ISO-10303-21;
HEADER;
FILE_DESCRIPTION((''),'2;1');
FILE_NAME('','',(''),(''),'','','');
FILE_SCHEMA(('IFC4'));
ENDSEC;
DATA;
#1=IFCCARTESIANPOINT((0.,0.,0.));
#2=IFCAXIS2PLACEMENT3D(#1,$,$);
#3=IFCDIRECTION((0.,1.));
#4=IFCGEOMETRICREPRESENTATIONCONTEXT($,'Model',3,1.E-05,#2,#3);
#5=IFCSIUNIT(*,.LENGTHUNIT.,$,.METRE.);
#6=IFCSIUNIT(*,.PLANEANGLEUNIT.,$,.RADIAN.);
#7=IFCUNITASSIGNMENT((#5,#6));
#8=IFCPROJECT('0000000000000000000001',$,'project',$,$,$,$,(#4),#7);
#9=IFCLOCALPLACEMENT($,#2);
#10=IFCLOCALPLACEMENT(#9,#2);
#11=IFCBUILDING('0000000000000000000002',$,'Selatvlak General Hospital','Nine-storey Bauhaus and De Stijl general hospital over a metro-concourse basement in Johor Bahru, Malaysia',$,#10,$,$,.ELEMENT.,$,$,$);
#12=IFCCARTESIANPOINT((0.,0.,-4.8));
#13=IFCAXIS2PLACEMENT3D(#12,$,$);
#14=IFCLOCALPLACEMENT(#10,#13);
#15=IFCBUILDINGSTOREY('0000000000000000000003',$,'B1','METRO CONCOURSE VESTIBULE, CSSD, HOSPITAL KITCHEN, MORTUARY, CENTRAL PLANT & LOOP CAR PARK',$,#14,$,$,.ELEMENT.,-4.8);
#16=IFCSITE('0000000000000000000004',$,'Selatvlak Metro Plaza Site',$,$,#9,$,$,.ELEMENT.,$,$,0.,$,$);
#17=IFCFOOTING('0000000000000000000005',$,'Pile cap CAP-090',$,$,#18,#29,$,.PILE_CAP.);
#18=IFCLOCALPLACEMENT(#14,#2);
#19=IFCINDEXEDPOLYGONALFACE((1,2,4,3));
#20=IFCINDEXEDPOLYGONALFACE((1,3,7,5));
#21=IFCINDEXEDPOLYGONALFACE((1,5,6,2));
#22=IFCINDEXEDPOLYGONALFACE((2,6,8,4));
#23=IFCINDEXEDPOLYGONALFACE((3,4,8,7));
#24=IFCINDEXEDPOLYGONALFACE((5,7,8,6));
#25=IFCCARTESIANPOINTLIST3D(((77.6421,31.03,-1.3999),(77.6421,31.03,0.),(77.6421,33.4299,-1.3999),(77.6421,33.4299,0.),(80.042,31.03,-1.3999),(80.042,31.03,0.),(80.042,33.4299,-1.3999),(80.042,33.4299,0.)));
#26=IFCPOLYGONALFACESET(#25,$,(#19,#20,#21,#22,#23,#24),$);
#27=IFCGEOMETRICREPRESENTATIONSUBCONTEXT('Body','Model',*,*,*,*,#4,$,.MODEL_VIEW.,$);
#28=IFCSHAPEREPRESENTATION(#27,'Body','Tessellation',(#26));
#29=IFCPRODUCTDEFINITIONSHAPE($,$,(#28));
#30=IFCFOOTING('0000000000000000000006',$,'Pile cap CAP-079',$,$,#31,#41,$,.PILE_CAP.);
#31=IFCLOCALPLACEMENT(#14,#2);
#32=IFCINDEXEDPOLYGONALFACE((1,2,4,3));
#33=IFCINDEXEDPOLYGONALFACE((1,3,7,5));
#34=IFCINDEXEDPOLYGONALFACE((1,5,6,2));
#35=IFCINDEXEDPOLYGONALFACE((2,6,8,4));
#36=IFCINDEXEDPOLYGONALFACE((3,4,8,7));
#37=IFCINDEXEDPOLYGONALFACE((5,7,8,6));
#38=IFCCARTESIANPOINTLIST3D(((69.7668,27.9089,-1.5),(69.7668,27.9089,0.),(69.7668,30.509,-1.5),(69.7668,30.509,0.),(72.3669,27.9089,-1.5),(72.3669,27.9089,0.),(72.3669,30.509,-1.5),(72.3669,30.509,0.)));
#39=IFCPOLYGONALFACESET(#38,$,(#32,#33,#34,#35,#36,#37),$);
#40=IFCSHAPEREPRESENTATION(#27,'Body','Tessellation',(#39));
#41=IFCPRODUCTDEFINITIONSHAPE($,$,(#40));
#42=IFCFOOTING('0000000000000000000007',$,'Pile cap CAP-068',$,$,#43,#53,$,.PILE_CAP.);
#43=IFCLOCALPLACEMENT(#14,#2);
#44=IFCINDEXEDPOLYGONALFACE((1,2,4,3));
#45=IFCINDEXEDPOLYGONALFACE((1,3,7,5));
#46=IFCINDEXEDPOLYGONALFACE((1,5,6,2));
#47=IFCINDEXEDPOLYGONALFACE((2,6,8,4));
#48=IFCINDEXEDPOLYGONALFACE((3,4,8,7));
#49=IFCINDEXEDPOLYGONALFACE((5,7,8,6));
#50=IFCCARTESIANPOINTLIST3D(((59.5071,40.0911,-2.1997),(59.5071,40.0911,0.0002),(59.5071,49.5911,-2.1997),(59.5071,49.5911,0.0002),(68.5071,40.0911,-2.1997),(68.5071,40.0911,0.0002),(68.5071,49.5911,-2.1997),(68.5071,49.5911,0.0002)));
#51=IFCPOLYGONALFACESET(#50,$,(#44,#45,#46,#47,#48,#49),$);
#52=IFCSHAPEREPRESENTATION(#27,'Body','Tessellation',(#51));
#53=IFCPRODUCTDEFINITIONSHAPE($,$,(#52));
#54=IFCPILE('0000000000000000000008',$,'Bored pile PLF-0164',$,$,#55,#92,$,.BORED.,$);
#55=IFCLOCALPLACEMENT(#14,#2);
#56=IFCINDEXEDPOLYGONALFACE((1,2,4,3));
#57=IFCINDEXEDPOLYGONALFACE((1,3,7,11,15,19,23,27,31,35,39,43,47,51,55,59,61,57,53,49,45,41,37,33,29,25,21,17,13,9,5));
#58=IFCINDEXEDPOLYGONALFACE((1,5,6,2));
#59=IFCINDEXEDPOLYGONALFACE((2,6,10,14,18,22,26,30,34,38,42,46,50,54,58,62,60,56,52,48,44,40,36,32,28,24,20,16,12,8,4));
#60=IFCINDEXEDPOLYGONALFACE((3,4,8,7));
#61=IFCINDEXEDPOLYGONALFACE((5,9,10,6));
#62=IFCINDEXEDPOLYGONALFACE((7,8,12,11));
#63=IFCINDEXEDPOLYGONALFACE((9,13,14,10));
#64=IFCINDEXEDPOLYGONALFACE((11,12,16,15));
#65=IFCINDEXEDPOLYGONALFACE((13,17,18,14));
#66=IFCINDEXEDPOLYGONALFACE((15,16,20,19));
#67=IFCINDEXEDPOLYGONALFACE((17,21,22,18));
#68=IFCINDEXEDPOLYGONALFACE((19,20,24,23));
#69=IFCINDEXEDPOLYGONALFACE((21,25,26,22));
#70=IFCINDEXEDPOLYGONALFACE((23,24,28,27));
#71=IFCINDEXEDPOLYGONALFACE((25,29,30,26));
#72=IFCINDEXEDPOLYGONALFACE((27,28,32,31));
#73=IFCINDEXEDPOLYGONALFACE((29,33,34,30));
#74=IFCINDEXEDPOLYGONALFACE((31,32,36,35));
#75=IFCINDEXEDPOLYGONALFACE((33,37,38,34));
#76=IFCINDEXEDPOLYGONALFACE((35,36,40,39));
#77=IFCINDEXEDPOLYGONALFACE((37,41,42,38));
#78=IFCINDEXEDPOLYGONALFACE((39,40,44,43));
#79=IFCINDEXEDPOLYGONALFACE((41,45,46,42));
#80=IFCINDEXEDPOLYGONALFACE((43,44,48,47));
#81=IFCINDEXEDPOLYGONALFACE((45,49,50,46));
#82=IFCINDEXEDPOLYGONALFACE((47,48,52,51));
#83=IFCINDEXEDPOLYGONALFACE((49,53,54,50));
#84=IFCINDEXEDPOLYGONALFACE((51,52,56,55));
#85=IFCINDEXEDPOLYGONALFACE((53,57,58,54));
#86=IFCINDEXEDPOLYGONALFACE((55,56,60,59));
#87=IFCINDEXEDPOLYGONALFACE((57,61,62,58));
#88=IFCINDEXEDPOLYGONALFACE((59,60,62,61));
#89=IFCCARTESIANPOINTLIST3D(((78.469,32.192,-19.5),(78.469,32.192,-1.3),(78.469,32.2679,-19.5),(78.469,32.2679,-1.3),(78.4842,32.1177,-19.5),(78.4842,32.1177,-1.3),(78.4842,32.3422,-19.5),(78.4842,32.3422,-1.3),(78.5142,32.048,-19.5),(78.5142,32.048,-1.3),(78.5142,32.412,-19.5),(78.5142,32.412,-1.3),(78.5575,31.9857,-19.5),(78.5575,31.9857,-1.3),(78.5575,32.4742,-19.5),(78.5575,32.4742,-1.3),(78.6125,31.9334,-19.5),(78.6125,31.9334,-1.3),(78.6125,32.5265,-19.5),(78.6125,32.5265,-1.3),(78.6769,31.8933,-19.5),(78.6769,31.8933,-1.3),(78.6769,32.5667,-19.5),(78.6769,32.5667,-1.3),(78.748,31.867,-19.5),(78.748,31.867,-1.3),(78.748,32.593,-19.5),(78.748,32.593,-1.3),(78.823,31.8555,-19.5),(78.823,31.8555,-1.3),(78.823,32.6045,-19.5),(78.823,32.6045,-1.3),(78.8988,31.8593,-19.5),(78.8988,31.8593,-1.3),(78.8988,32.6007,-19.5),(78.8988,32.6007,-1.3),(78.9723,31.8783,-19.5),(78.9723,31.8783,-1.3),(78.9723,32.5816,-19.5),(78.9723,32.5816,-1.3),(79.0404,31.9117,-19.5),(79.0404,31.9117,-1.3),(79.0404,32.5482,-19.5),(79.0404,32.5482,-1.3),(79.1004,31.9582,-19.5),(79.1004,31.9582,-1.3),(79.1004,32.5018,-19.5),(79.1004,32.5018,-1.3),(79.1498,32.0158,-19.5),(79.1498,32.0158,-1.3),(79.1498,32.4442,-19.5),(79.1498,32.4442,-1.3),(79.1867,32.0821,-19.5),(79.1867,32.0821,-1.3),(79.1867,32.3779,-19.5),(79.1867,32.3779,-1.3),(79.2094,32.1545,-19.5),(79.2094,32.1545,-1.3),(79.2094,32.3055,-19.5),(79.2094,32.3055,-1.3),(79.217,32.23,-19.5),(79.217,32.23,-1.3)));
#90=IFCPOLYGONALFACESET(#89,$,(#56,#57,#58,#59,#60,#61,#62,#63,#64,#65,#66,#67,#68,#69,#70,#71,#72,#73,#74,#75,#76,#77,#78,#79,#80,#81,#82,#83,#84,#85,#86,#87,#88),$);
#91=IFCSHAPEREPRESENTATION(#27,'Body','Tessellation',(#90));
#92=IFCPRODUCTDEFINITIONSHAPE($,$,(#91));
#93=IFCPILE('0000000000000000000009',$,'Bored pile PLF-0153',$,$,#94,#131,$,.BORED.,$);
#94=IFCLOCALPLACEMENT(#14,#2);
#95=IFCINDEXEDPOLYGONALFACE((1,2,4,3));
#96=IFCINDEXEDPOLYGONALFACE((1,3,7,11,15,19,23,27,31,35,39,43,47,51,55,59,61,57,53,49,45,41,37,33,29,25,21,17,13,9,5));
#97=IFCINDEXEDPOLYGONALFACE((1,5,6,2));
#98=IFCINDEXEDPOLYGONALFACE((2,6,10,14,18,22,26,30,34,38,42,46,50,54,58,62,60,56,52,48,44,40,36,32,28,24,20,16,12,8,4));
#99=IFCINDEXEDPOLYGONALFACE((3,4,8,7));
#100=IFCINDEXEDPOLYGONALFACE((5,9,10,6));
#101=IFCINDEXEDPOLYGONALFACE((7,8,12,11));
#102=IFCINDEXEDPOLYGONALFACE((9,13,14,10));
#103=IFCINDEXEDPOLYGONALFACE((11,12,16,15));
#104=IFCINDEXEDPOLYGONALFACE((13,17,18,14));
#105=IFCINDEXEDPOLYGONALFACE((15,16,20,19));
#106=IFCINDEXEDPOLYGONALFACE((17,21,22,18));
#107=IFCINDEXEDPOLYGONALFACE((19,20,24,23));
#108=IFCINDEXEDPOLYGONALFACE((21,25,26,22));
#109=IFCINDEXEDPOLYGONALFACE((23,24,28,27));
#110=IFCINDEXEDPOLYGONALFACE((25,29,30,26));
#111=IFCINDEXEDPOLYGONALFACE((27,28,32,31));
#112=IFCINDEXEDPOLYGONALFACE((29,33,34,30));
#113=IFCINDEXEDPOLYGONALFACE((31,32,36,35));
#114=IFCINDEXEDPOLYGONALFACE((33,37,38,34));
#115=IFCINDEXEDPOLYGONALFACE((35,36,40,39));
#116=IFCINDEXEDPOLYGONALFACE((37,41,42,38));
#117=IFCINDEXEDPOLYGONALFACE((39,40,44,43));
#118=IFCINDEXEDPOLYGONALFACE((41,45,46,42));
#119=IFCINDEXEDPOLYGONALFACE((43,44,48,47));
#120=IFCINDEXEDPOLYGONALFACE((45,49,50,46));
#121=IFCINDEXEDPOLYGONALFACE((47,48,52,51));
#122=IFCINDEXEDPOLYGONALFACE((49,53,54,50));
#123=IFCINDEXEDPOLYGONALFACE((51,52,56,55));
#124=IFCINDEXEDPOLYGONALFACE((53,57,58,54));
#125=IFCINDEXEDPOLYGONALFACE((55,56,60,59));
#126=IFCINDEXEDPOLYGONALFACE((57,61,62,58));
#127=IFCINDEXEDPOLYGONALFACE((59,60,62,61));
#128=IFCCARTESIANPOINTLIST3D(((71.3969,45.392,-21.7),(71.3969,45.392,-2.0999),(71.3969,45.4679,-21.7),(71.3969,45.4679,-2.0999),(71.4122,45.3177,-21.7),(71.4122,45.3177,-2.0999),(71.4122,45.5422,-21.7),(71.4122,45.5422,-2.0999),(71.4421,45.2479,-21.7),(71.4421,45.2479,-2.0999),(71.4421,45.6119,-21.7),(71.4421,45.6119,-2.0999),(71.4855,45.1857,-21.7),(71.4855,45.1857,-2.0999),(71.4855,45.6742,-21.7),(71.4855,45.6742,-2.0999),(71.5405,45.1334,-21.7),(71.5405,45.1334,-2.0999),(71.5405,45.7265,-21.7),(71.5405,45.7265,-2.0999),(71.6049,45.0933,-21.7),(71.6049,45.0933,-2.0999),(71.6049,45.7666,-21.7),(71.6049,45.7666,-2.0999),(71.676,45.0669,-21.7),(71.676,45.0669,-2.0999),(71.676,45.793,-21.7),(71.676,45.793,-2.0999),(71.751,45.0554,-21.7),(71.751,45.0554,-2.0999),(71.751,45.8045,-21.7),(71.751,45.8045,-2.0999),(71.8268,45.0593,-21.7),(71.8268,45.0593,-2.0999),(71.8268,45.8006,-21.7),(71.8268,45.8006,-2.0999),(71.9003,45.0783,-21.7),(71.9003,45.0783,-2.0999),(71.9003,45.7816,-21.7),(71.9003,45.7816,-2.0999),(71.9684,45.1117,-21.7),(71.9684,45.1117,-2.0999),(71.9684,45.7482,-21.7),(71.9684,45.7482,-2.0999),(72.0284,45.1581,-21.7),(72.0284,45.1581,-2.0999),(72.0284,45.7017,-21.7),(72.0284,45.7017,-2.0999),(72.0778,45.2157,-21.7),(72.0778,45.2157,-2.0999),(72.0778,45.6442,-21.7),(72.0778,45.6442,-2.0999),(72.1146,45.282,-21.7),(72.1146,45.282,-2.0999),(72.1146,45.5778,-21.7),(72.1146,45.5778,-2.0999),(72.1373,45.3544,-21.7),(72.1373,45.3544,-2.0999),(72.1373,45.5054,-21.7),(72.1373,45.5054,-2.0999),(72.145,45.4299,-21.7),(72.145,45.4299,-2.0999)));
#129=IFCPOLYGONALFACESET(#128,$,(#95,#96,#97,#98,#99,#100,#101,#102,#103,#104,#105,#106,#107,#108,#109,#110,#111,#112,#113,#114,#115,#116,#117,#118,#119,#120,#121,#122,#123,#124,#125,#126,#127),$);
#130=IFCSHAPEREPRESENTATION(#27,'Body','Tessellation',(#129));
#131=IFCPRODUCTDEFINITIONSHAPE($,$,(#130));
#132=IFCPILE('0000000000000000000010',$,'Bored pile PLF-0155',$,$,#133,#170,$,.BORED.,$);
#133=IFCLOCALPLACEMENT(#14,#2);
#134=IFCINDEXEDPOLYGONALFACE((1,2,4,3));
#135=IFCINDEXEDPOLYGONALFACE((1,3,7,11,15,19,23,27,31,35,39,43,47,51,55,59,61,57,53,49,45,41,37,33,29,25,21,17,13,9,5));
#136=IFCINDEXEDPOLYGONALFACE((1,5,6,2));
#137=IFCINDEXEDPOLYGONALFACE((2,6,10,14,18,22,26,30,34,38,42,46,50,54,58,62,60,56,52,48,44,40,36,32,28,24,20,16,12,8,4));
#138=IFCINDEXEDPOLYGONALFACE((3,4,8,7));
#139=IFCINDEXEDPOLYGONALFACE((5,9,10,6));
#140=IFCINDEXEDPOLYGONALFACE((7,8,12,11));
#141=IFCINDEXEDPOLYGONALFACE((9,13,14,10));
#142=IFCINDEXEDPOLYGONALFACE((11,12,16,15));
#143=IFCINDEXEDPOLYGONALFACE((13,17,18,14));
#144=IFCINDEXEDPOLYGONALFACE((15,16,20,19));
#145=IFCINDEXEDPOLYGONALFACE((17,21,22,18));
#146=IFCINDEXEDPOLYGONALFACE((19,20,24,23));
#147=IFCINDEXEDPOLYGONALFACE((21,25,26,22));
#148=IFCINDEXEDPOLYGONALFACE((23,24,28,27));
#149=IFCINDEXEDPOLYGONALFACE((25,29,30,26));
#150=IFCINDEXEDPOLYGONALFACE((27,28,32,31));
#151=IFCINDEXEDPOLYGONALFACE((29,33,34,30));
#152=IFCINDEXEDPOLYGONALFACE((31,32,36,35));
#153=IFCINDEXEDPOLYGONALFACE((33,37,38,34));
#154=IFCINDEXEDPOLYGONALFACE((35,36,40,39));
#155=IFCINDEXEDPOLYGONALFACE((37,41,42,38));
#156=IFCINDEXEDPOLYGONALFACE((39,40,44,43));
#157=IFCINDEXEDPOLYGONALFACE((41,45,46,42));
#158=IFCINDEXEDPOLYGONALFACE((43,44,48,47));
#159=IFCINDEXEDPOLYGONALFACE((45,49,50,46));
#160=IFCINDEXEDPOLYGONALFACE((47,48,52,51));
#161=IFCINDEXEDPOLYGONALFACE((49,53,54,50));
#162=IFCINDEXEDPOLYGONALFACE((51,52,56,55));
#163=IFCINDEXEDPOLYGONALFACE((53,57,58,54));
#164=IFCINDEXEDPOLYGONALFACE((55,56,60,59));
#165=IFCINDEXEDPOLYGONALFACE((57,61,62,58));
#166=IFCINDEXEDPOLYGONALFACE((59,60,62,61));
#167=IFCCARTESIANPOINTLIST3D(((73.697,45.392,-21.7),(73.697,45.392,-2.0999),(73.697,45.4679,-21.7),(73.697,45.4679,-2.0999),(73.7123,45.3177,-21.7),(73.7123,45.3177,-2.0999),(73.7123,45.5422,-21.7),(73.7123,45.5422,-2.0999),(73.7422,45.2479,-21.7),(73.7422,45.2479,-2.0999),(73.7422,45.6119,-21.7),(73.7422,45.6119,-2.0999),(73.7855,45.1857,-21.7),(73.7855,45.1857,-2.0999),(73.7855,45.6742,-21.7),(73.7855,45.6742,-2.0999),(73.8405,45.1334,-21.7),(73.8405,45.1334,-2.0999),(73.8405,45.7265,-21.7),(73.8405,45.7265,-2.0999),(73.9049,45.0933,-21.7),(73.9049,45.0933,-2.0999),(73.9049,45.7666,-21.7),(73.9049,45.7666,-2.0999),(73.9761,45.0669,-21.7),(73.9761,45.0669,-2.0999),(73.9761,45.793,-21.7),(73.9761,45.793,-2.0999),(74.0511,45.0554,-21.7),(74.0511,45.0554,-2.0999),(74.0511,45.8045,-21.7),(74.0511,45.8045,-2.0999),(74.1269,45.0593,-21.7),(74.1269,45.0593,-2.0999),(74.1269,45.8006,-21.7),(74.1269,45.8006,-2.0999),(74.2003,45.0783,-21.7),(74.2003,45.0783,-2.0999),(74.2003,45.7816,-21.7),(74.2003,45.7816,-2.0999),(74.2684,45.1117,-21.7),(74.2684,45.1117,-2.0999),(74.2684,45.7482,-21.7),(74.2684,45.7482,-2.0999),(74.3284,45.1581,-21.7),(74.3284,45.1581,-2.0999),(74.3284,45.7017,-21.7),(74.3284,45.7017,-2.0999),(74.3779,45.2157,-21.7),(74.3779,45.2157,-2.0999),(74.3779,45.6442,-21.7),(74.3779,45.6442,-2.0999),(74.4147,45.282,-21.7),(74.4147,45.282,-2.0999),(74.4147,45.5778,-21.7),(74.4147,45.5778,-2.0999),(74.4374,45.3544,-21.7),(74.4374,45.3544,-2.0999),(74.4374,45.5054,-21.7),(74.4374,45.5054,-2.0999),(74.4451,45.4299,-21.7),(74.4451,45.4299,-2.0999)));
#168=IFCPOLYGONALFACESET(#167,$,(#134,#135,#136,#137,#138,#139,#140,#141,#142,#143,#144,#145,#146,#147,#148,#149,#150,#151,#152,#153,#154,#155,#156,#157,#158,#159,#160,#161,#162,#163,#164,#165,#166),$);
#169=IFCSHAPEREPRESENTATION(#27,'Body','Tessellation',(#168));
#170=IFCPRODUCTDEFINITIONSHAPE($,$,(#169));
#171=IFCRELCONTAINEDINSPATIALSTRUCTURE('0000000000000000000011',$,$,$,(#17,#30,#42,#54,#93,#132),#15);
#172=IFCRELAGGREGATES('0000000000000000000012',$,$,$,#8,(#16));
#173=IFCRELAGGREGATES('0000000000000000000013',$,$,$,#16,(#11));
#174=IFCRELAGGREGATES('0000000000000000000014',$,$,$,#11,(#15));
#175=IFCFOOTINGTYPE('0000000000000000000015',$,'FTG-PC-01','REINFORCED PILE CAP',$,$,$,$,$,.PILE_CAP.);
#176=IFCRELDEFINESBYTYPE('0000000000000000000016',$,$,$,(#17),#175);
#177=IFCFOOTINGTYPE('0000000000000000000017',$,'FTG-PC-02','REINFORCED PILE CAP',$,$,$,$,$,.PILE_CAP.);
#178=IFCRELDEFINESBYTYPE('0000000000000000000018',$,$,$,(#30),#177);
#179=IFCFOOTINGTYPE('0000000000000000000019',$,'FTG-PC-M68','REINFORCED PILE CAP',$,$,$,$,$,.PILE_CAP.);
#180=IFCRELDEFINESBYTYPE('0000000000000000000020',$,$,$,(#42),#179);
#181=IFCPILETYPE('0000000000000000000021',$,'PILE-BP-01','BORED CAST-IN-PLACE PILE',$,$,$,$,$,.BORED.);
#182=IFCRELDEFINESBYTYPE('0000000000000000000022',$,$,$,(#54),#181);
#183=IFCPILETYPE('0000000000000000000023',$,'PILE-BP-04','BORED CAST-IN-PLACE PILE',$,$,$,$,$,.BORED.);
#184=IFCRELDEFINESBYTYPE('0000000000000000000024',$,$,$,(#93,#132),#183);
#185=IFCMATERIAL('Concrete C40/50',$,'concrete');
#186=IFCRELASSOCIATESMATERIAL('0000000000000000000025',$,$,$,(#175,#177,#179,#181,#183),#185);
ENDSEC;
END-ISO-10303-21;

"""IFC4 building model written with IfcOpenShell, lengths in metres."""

from ifc_helpers import new_model, si_unit, direction, frame, origin, origin_2d, place, context, subcontext, project, spatial, rectangle, circle, extrude, material, material_profile, profile_set, type_object, element, save


model = new_model("IFC4")

# Units and contexts
model_context = context("Model", 3, precision=1e-05, world=origin(), true_north=direction((0.0, 1.0)))
body_context = subcontext(model_context, "Body", "Model", "MODEL_VIEW")
ifc_project = project(units=[si_unit("LENGTHUNIT", "METRE"), si_unit("PLANEANGLEUNIT", "RADIAN")], contexts=[model_context])

# Site, building, storey
site_placement = place(None, origin())
site = spatial("IfcSite", under=ifc_project, at=site_placement, Name="Selatvlak Metro Plaza Site", CompositionType="ELEMENT", RefElevation=0.0)
building_placement = place(site_placement, origin())
building = spatial("IfcBuilding", under=site, at=building_placement, Name="Selatvlak General Hospital", Description="Nine-storey Bauhaus and De Stijl general hospital over a metro-concourse basement in Johor Bahru, Malaysia", CompositionType="ELEMENT")
storey_placement = place(building_placement, frame((0.0, 0.0, -4.8)))
storey = spatial("IfcBuildingStorey", under=building, at=storey_placement, Name="B1", Description="METRO CONCOURSE VESTIBULE, CSSD, HOSPITAL KITCHEN, MORTUARY, CENTRAL PLANT & LOOP CAR PARK", CompositionType="ELEMENT", Elevation=-4.8)

# Footings
ifc_material_1 = material(Name="Concrete C40/50", Category="concrete")
footing_type_1 = type_object("IfcFootingType", Name="FTG-PC-01", Description="REINFORCED PILE CAP", PredefinedType="PILE_CAP", material=ifc_material_1)
footing_1_placement = place(storey_placement, frame((78.842, 32.23, -1.3999), z_axis=(0.0, 0.0, 1.0), x_axis=(1.0, 0.0, 0.0)))
element("IfcFooting", 1, at=footing_1_placement, inside=storey, type_object=footing_type_1, Name="Pile cap CAP-090", PredefinedType="PILE_CAP", context=body_context, shape_type="SweptSolid", body=[
    extrude(rectangle(XDim=2.3999, YDim=2.3999, at=origin_2d()), origin(), (0.0, 0.0, 1.0), 1.3999),
])
footing_type_2 = type_object("IfcFootingType", Name="FTG-PC-02", Description="REINFORCED PILE CAP", PredefinedType="PILE_CAP", material=ifc_material_1)
footing_2_placement = place(storey_placement, frame((71.0669, 29.209, -1.5), z_axis=(0.0, 0.0, 1.0), x_axis=(1.0, 0.0, 0.0)))
element("IfcFooting", 2, at=footing_2_placement, inside=storey, type_object=footing_type_2, Name="Pile cap CAP-079", PredefinedType="PILE_CAP", context=body_context, shape_type="SweptSolid", body=[
    extrude(rectangle(XDim=2.6001, YDim=2.6001, at=origin_2d()), origin(), (0.0, 0.0, 1.0), 1.5),
])
footing_type_3 = type_object("IfcFootingType", Name="FTG-PC-M68", Description="REINFORCED PILE CAP", PredefinedType="PILE_CAP", material=ifc_material_1)
footing_3_placement = place(storey_placement, frame((64.0071, 44.8411, -2.1997), z_axis=(0.0, 0.0, 1.0), x_axis=(1.0, 0.0, 0.0)))
element("IfcFooting", 3, at=footing_3_placement, inside=storey, type_object=footing_type_3, Name="Pile cap CAP-068", PredefinedType="PILE_CAP", context=body_context, shape_type="SweptSolid", body=[
    extrude(rectangle(XDim=9.0, YDim=9.5, at=origin_2d()), origin(), (0.0, 0.0, 1.0), 2.2),
])

# Piles
ifc_material_profile_1 = material_profile(ifc_material_1, circle(Radius=0.375, at=origin_2d()), Name="BORED PILE 750")
ifc_profile_set_1 = profile_set([ifc_material_profile_1], Name="Concrete C40/50")
pile_type_1 = type_object("IfcPileType", Name="PILE-BP-01", Description="BORED CAST-IN-PLACE PILE", PredefinedType="BORED", material=ifc_profile_set_1)
pile_1_placement = place(storey_placement, frame((78.842, 32.23, -1.3), z_axis=(0.0, 0.0, -1.0), x_axis=(1.0, 0.0, 0.0)))
element("IfcPile", 4, at=pile_1_placement, inside=storey, type_object=pile_type_1, Name="Bored pile PLF-0164", PredefinedType="BORED", context=body_context, shape_type="SweptSolid", body=[
    extrude(circle(Radius=0.375, at=origin_2d()), origin(), (0.0, 0.0, 1.0), 18.2),
])
ifc_material_profile_2 = material_profile(ifc_material_1, circle(Radius=0.375, at=origin_2d()), Name="BORED PILE 750")
ifc_profile_set_2 = profile_set([ifc_material_profile_2], Name="Concrete C40/50")
pile_type_2 = type_object("IfcPileType", Name="PILE-BP-04", Description="BORED CAST-IN-PLACE PILE", PredefinedType="BORED", material=ifc_profile_set_2)
for number, where, z_axis, x_axis, name in (
    (5, (71.77, 45.4299, -2.0999), (0.0, 0.0, -1.0), (1.0, 0.0, 0.0), "Bored pile PLF-0153"),
    (6, (74.0701, 45.4299, -2.0999), (0.0, 0.0, -1.0), (1.0, 0.0, 0.0), "Bored pile PLF-0155"),
):
    element("IfcPile", number, at=place(storey_placement, frame(where, z_axis=z_axis, x_axis=x_axis)), inside=storey, type_object=pile_type_2, Name=name, PredefinedType="BORED", context=body_context, shape_type="SweptSolid", body=[
        extrude(circle(Radius=0.375, at=origin_2d()), origin(), (0.0, 0.0, 1.0), 19.6001),
    ])

save(model, "model.ifc")
